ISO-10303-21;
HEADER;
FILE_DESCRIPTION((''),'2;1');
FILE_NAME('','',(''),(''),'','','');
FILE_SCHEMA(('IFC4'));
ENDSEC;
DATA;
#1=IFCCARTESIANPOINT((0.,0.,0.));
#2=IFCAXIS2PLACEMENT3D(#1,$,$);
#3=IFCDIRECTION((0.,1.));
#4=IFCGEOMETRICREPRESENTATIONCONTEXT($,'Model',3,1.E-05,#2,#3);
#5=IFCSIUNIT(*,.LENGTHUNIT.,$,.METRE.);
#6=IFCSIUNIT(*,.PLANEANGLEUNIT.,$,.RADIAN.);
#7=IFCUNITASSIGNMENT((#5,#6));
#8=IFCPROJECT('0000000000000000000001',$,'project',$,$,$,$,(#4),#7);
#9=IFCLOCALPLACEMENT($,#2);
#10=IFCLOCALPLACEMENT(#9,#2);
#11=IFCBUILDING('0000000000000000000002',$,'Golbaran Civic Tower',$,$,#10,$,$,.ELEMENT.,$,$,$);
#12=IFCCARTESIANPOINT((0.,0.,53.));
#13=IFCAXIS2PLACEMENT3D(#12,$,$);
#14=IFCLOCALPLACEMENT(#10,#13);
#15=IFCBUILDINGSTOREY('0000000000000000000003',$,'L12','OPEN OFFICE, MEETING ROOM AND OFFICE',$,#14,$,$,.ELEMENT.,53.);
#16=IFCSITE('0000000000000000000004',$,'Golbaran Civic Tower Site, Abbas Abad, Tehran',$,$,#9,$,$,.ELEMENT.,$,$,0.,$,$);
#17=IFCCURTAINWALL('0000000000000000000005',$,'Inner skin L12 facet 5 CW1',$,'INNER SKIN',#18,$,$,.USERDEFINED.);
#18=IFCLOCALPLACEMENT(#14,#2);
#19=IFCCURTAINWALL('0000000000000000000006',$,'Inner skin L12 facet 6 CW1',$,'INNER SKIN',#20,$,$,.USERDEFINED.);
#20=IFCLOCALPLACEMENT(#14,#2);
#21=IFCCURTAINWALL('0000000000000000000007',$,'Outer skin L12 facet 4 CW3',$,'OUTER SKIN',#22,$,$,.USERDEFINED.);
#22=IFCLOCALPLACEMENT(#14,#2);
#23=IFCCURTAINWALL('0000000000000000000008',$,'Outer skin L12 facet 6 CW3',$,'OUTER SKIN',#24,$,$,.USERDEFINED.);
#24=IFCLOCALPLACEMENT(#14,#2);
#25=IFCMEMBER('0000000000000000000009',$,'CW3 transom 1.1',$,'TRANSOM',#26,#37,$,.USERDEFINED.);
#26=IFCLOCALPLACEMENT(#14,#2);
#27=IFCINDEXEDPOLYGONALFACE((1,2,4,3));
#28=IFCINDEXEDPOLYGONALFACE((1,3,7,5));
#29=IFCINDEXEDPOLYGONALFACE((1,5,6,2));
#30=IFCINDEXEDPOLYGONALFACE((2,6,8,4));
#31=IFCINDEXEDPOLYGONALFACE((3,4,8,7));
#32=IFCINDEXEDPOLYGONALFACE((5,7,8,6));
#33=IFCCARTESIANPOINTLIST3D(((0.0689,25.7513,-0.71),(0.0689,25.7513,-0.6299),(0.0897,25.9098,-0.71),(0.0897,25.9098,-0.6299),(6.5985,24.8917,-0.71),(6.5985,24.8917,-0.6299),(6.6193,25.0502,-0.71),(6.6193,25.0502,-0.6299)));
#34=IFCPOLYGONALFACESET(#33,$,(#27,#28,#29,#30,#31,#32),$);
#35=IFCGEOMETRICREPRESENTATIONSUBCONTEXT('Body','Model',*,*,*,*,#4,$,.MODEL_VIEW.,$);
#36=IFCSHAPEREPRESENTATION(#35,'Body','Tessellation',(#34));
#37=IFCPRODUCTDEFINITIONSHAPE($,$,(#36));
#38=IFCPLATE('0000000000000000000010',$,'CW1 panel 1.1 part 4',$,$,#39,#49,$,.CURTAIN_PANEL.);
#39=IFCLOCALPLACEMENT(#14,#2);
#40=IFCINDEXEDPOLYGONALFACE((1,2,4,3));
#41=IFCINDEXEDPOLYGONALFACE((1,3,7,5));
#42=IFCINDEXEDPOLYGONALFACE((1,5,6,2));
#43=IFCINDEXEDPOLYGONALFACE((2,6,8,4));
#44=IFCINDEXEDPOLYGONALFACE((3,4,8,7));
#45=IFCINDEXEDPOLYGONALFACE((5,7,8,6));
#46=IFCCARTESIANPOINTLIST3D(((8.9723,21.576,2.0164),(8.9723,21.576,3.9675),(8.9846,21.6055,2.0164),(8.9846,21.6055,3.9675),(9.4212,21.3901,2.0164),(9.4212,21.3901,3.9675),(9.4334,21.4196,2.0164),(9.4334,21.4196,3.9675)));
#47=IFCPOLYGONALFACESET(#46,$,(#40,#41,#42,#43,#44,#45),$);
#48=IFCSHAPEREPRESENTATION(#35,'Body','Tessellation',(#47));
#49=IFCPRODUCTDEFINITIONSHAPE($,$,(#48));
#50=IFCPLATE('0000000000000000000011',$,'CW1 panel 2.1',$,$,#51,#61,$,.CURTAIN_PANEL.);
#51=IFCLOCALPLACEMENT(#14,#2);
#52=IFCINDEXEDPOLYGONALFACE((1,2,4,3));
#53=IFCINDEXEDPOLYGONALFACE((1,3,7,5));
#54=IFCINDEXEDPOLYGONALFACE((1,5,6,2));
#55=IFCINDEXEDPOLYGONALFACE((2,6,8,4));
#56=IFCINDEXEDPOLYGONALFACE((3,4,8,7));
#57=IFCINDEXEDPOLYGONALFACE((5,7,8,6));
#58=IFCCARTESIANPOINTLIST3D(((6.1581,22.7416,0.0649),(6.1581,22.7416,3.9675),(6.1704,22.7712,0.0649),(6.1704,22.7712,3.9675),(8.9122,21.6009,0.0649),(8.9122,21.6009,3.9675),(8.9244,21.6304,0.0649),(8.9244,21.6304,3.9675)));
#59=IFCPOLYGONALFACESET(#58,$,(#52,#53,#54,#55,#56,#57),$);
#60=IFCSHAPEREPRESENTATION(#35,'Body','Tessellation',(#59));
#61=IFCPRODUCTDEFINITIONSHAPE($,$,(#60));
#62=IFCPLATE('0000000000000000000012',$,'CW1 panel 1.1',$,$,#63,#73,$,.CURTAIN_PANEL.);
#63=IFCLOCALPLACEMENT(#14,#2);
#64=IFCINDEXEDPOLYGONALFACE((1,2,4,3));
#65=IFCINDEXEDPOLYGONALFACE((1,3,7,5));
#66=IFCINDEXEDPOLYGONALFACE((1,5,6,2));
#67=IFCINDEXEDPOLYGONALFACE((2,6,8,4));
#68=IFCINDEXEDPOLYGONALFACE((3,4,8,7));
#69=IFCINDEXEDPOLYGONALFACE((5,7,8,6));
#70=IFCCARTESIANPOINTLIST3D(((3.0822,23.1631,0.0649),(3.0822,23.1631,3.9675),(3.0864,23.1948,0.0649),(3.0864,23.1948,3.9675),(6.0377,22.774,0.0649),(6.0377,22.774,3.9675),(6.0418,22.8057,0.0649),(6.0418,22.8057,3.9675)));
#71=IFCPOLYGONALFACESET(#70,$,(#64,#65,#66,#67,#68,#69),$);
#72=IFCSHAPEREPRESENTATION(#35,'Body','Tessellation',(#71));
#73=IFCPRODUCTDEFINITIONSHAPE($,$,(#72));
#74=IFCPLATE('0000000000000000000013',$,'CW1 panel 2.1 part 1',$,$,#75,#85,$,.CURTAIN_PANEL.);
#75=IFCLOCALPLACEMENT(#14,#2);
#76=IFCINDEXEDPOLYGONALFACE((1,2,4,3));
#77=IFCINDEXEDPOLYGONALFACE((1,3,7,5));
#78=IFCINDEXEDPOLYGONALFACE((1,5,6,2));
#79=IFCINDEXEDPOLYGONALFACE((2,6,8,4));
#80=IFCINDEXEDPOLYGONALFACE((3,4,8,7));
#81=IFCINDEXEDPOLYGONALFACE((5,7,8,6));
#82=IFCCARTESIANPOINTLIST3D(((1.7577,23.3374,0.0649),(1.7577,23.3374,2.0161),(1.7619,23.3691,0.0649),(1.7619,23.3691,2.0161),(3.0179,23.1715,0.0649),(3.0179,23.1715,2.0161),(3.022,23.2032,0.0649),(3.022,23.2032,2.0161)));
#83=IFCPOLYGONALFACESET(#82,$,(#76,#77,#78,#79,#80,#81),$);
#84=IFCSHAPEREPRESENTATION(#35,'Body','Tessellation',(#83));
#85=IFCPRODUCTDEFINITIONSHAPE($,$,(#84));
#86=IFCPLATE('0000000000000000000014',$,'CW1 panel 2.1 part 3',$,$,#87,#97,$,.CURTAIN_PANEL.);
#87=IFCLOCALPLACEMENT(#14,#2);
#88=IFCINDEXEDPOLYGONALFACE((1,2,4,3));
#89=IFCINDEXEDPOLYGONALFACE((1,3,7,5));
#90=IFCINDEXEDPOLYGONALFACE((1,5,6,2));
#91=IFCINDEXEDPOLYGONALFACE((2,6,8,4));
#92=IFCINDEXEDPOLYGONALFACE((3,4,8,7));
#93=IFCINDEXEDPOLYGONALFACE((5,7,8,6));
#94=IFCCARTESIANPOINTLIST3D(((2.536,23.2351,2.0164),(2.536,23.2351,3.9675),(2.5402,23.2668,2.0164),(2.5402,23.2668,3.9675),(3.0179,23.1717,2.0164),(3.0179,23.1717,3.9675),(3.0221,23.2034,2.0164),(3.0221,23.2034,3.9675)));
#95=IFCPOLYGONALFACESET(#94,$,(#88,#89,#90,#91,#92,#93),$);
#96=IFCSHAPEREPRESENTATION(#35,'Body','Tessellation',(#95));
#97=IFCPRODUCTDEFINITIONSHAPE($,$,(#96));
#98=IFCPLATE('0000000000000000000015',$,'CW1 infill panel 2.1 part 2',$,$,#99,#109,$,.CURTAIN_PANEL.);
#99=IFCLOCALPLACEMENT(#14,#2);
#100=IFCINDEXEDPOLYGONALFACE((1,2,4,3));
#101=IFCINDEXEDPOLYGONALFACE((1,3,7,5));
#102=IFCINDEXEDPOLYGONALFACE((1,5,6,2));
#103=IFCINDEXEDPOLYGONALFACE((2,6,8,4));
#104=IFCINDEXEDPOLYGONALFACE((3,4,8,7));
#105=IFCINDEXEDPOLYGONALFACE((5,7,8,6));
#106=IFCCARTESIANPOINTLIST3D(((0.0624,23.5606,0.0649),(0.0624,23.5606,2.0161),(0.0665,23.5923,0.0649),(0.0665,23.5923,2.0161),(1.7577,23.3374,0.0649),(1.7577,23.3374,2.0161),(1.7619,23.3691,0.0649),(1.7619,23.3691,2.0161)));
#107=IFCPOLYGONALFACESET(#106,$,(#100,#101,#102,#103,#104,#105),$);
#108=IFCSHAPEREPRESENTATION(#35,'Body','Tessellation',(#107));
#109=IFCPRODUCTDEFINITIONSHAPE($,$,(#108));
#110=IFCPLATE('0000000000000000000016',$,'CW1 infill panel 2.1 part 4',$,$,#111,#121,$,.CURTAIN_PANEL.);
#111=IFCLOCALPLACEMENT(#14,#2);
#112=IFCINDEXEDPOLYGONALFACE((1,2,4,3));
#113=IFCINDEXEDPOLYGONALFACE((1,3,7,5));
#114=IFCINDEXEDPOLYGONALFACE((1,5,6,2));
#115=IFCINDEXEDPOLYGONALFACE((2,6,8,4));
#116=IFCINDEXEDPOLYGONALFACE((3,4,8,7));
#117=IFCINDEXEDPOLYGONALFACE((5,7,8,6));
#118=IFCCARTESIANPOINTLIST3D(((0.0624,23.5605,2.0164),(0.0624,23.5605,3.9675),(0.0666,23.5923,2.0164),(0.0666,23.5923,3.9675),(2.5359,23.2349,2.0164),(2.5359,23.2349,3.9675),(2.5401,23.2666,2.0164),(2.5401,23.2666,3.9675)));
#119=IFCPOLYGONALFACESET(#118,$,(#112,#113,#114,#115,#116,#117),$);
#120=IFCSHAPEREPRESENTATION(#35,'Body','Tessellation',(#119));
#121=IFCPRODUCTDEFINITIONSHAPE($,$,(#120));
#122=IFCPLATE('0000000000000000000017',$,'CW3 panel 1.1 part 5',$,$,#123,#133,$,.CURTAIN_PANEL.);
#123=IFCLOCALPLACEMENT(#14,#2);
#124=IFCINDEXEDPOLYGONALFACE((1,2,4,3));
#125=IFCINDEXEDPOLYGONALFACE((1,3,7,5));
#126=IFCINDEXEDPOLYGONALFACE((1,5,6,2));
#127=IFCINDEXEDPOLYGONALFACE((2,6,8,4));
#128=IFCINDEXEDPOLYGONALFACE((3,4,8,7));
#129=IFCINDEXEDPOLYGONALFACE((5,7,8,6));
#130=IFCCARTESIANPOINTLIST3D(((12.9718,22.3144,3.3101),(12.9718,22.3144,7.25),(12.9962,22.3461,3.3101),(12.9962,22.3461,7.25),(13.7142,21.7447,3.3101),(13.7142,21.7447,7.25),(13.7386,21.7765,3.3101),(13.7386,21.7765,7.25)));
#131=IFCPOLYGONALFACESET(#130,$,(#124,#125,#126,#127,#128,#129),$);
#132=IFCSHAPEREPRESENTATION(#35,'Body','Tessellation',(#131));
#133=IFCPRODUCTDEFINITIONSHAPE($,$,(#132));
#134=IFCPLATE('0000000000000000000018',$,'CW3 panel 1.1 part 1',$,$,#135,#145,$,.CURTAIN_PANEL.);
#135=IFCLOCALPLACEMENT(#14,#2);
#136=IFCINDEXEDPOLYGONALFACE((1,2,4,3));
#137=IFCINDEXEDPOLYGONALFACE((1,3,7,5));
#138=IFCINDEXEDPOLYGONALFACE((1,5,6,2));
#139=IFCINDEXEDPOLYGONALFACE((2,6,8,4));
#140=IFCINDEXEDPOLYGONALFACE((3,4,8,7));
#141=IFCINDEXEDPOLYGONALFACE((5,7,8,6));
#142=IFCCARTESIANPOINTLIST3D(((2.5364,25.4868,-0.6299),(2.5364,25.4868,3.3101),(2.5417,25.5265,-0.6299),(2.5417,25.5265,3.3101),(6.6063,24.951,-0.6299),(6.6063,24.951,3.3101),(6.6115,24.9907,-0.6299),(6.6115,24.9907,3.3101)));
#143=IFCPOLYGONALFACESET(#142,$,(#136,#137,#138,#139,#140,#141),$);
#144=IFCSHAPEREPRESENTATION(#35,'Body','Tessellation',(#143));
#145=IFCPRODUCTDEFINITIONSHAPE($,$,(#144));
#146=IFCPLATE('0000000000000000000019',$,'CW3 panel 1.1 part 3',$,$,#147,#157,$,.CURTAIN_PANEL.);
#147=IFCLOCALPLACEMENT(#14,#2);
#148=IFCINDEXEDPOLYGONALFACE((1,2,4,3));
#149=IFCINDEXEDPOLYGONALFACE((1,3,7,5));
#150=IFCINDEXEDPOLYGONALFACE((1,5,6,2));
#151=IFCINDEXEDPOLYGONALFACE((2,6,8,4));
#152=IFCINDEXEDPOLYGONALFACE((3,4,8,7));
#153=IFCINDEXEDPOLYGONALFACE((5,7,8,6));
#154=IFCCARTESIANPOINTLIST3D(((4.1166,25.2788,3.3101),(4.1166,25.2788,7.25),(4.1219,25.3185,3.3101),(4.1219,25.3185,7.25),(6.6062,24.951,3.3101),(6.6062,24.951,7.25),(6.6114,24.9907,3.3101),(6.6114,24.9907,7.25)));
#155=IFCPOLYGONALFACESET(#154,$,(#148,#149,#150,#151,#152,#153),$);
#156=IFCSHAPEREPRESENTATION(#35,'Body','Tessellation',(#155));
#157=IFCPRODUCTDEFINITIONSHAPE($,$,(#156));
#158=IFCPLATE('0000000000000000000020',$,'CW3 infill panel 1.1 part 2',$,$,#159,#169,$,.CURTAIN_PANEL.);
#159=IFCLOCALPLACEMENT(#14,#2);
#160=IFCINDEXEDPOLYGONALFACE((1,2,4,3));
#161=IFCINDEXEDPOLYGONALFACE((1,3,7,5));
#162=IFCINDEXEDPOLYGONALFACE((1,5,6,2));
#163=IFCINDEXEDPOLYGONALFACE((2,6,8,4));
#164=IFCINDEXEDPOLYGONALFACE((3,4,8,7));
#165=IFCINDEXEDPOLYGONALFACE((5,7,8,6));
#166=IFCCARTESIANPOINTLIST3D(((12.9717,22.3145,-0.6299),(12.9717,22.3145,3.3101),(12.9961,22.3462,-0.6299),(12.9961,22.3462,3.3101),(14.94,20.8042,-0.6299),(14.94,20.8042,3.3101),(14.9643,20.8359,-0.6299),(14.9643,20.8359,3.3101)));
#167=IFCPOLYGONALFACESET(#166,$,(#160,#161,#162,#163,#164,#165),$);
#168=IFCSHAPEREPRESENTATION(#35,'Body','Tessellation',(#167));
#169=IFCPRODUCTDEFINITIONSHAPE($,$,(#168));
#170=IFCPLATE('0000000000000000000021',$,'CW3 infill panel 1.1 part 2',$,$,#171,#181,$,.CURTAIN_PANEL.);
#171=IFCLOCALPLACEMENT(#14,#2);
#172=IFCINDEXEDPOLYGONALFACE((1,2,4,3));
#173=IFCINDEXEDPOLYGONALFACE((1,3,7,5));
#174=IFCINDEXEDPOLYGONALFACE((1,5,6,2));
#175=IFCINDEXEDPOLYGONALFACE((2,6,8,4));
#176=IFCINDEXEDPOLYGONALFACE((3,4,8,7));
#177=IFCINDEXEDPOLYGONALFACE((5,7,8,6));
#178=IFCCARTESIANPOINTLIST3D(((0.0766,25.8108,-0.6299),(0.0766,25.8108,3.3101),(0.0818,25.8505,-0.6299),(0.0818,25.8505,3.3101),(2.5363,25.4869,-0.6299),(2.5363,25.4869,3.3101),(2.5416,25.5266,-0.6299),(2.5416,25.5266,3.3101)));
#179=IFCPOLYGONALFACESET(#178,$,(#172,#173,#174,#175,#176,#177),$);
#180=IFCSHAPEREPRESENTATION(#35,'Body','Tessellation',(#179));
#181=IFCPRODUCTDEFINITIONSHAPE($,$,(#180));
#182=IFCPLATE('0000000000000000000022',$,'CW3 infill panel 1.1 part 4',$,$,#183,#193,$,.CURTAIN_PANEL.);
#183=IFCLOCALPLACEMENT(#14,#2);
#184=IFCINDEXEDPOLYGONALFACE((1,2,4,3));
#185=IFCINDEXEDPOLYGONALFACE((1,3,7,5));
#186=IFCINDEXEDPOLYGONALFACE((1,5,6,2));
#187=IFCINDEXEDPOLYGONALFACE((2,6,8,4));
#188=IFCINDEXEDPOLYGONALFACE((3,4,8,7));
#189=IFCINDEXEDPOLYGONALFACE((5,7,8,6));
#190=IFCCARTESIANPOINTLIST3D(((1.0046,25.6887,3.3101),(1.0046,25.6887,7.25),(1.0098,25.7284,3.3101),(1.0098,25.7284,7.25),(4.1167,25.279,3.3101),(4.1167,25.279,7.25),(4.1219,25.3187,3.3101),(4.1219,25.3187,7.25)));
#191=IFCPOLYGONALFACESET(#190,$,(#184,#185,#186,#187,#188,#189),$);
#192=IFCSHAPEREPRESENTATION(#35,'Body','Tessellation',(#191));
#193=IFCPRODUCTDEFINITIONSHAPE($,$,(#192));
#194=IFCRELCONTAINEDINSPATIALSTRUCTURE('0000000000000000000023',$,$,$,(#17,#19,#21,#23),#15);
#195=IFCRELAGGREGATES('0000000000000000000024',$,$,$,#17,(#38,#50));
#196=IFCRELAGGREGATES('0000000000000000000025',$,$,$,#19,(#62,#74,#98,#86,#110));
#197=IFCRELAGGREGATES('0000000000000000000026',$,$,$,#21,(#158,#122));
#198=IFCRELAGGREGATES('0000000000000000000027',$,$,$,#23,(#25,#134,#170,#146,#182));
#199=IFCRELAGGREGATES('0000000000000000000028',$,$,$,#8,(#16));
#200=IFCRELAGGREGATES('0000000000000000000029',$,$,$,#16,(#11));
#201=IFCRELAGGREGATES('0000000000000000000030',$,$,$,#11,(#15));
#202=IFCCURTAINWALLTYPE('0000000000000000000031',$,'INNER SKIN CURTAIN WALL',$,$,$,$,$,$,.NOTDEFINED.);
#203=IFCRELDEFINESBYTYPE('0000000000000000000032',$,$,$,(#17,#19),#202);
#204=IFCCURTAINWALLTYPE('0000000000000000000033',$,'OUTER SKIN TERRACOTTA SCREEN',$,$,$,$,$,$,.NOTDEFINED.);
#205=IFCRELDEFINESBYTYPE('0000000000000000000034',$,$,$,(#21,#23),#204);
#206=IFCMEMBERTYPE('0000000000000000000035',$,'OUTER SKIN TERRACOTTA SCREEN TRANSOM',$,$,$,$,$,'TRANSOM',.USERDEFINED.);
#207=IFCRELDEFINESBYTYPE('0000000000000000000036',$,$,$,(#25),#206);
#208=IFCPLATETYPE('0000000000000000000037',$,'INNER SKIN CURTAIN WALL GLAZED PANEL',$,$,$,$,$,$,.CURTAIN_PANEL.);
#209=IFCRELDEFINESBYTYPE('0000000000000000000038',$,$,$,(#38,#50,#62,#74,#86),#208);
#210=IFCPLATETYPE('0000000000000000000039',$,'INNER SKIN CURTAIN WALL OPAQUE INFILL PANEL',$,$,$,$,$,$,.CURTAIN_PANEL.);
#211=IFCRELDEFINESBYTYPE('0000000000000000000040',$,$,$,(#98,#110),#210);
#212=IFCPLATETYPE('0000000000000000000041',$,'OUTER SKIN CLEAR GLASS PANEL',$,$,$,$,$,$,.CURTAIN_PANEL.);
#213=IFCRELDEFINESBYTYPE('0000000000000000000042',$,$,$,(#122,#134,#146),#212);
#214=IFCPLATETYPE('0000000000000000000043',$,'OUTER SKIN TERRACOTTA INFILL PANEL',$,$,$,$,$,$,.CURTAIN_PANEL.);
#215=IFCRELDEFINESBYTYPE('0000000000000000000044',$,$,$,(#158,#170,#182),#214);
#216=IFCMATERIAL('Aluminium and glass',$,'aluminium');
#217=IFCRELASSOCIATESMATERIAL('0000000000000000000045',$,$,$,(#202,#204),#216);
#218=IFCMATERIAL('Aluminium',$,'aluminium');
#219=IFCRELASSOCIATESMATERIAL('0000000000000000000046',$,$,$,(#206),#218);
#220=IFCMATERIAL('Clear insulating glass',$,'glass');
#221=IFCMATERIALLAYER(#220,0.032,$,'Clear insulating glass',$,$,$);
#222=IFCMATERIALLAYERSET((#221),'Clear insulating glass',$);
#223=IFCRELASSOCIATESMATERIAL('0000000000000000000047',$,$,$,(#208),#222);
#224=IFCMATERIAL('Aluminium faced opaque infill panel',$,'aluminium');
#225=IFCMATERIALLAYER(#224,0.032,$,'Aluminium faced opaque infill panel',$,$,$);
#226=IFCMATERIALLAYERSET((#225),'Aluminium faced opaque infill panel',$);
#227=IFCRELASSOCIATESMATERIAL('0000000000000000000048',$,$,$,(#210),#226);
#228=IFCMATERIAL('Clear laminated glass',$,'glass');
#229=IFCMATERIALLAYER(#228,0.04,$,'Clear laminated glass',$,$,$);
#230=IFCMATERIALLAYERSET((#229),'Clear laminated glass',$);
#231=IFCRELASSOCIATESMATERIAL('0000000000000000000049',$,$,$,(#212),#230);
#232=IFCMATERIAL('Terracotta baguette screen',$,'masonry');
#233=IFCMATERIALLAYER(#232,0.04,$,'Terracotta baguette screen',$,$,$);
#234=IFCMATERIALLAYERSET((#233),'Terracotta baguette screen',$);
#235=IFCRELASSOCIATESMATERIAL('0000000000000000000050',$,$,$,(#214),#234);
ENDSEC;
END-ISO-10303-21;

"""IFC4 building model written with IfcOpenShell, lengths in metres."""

from ifc_helpers import new_model, si_unit, direction, frame, origin, origin_2d, place, context, subcontext, project, spatial, rectangle, extrude, material, layer, layer_set, material_profile, profile_set, type_object, element, aggregate, save


model = new_model("IFC4")

# Units and contexts
model_context = context("Model", 3, precision=1e-05, world=origin(), true_north=direction((0.0, 1.0)))
body_context = subcontext(model_context, "Body", "Model", "MODEL_VIEW")
ifc_project = project(units=[si_unit("LENGTHUNIT", "METRE"), si_unit("PLANEANGLEUNIT", "RADIAN")], contexts=[model_context])

# Site, building, storey
site_placement = place(None, origin())
site = spatial("IfcSite", under=ifc_project, at=site_placement, Name="Golbaran Civic Tower Site, Abbas Abad, Tehran", CompositionType="ELEMENT", RefElevation=0.0)
building_placement = place(site_placement, origin())
building = spatial("IfcBuilding", under=site, at=building_placement, Name="Golbaran Civic Tower", CompositionType="ELEMENT")
storey_placement = place(building_placement, frame((0.0, 0.0, 53.0)))
storey = spatial("IfcBuildingStorey", under=building, at=storey_placement, Name="L12", Description="OPEN OFFICE, MEETING ROOM AND OFFICE", CompositionType="ELEMENT", Elevation=53.0)

# Curtain walls
ifc_material_1 = material(Name="Aluminium and glass", Category="aluminium")
curtain_wall_type_1 = type_object("IfcCurtainWallType", Name="INNER SKIN CURTAIN WALL", PredefinedType="NOTDEFINED", material=ifc_material_1)
curtain_wall_1_placement = place(storey_placement, origin())
curtain_wall_1 = element("IfcCurtainWall", 1, at=curtain_wall_1_placement, inside=storey, type_object=curtain_wall_type_1, Name="Inner skin L12 facet 5 CW1", ObjectType="INNER SKIN", PredefinedType="USERDEFINED")
ifc_material_2 = material(Name="Aluminium", Category="aluminium")
curtain_wall_2_placement = place(storey_placement, origin())
curtain_wall_2 = element("IfcCurtainWall", 2, at=curtain_wall_2_placement, inside=storey, type_object=curtain_wall_type_1, Name="Inner skin L12 facet 6 CW1", ObjectType="INNER SKIN", PredefinedType="USERDEFINED")

# Curtain wall
curtain_wall_type_2 = type_object("IfcCurtainWallType", Name="OUTER SKIN TERRACOTTA SCREEN", PredefinedType="NOTDEFINED", material=ifc_material_1)
curtain_wall_3_placement = place(storey_placement, origin())
curtain_wall_3 = element("IfcCurtainWall", 3, at=curtain_wall_3_placement, inside=storey, type_object=curtain_wall_type_2, Name="Outer skin L12 facet 4 CW3", ObjectType="OUTER SKIN", PredefinedType="USERDEFINED")

# Curtain wall
curtain_wall_4_placement = place(storey_placement, origin())
curtain_wall_4 = element("IfcCurtainWall", 4, at=curtain_wall_4_placement, inside=storey, type_object=curtain_wall_type_2, Name="Outer skin L12 facet 6 CW3", ObjectType="OUTER SKIN", PredefinedType="USERDEFINED")

# Member
ifc_material_profile_1 = material_profile(ifc_material_2, rectangle(XDim=0.1599, YDim=0.0801, at=origin_2d()), Name="OUTER SKIN TERRACOTTA SCREEN TRANSOM")
ifc_profile_set_1 = profile_set([ifc_material_profile_1], Name="Aluminium")
member_type_1 = type_object("IfcMemberType", Name="OUTER SKIN TERRACOTTA SCREEN TRANSOM", ElementType="TRANSOM", PredefinedType="USERDEFINED", material=ifc_profile_set_1)
member_1_placement = place(storey_placement, frame((6.6089, 24.9709, -0.6699), z_axis=(-0.991445, 0.130525, 0.0), x_axis=(-0.130525, -0.991445, 0.0)))
member_1 = element("IfcMember", 5, at=member_1_placement, type_object=member_type_1, Name="CW3 transom 1.1", ObjectType="TRANSOM", PredefinedType="USERDEFINED", context=body_context, shape_type="SweptSolid", body=[
    extrude(rectangle(XDim=0.1599, YDim=0.0801, at=origin_2d()), origin(), (0.0, 0.0, 1.0), 6.5859),
])

# Plates
ifc_material_3 = material(Name="Clear insulating glass", Category="glass")
ifc_layer_1 = layer(ifc_material_3, 0.032, Name="Clear insulating glass")
ifc_layer_set_1 = layer_set([ifc_layer_1], Name="Clear insulating glass")
plate_type_1 = type_object("IfcPlateType", Name="INNER SKIN CURTAIN WALL GLAZED PANEL", PredefinedType="CURTAIN_PANEL", material=ifc_layer_set_1)
plate_1_placement = place(storey_placement, frame((9.2029, 21.4978, 2.0164), z_axis=(0.0, 0.0, 1.0), x_axis=(-0.92388, 0.382683, 0.0)))
plate_1 = element("IfcPlate", 6, at=plate_1_placement, type_object=plate_type_1, Name="CW1 panel 1.1 part 4", PredefinedType="CURTAIN_PANEL", context=body_context, shape_type="SweptSolid", body=[
    extrude(rectangle(XDim=0.4858, YDim=0.032, at=origin_2d()), origin(), (0.0, 0.0, 1.0), 1.9512),
])
plate_2_placement = place(storey_placement, frame((7.5413, 22.186, 0.0649), z_axis=(0.0, 0.0, 1.0), x_axis=(-0.92388, 0.382683, 0.0)))
plate_2 = element("IfcPlate", 7, at=plate_2_placement, type_object=plate_type_1, Name="CW1 panel 2.1", PredefinedType="CURTAIN_PANEL", context=body_context, shape_type="SweptSolid", body=[
    extrude(rectangle(XDim=2.981, YDim=0.032, at=origin_2d()), origin(), (0.0, 0.0, 1.0), 3.9026),
])
aggregate(curtain_wall_1, [plate_1, plate_2])
plate_3_placement = place(storey_placement, frame((4.562, 22.9844, 0.0649), z_axis=(0.0, 0.0, 1.0), x_axis=(-0.991445, 0.130526, 0.0)))
plate_3 = element("IfcPlate", 8, at=plate_3_placement, type_object=plate_type_1, Name="CW1 panel 1.1", PredefinedType="CURTAIN_PANEL", context=body_context, shape_type="SweptSolid", body=[
    extrude(rectangle(XDim=2.981, YDim=0.032, at=origin_2d()), origin(), (0.0, 0.0, 1.0), 3.9026),
])
plate_4_placement = place(storey_placement, frame((2.3899, 23.2703, 0.0649), z_axis=(0.0, 0.0, 1.0), x_axis=(-0.991445, 0.130526, 0.0)))
plate_4 = element("IfcPlate", 9, at=plate_4_placement, type_object=plate_type_1, Name="CW1 panel 2.1 part 1", PredefinedType="CURTAIN_PANEL", context=body_context, shape_type="SweptSolid", body=[
    extrude(rectangle(XDim=1.271, YDim=0.032, at=origin_2d()), origin(), (0.0, 0.0, 1.0), 1.9512),
])
plate_5_placement = place(storey_placement, frame((2.7791, 23.2192, 2.0164), z_axis=(0.0, 0.0, 1.0), x_axis=(-0.991445, 0.130526, 0.0)))
plate_5 = element("IfcPlate", 10, at=plate_5_placement, type_object=plate_type_1, Name="CW1 panel 2.1 part 3", PredefinedType="CURTAIN_PANEL", context=body_context, shape_type="SweptSolid", body=[
    extrude(rectangle(XDim=0.4861, YDim=0.032, at=origin_2d()), origin(), (0.0, 0.0, 1.0), 1.9512),
])
ifc_material_4 = material(Name="Aluminium faced opaque infill panel", Category="aluminium")
ifc_layer_2 = layer(ifc_material_4, 0.032, Name="Aluminium faced opaque infill panel")
ifc_layer_set_2 = layer_set([ifc_layer_2], Name="Aluminium faced opaque infill panel")
plate_type_2 = type_object("IfcPlateType", Name="INNER SKIN CURTAIN WALL OPAQUE INFILL PANEL", PredefinedType="CURTAIN_PANEL", material=ifc_layer_set_2)
plate_6_placement = place(storey_placement, frame((0.9121, 23.4648, 0.0649), z_axis=(0.0, 0.0, 1.0), x_axis=(-0.991445, 0.130526, 0.0)))
plate_6 = element("IfcPlate", 11, at=plate_6_placement, type_object=plate_type_2, Name="CW1 infill panel 2.1 part 2", PredefinedType="CURTAIN_PANEL", context=body_context, shape_type="SweptSolid", body=[
    extrude(rectangle(XDim=1.71, YDim=0.032, at=origin_2d()), origin(), (0.0, 0.0, 1.0), 1.9512),
])
plate_7_placement = place(storey_placement, frame((1.3013, 23.4136, 2.0164), z_axis=(0.0, 0.0, 1.0), x_axis=(-0.991445, 0.130526, 0.0)))
plate_7 = element("IfcPlate", 12, at=plate_7_placement, type_object=plate_type_2, Name="CW1 infill panel 2.1 part 4", PredefinedType="CURTAIN_PANEL", context=body_context, shape_type="SweptSolid", body=[
    extrude(rectangle(XDim=2.4949, YDim=0.032, at=origin_2d()), origin(), (0.0, 0.0, 1.0), 1.9512),
])
aggregate(curtain_wall_2, [plate_3, plate_4, plate_6, plate_5, plate_7])
ifc_material_5 = material(Name="Clear laminated glass", Category="glass")
ifc_layer_3 = layer(ifc_material_5, 0.04, Name="Clear laminated glass")
ifc_layer_set_3 = layer_set([ifc_layer_3], Name="Clear laminated glass")
plate_type_3 = type_object("IfcPlateType", Name="OUTER SKIN CLEAR GLASS PANEL", PredefinedType="CURTAIN_PANEL", material=ifc_layer_set_3)
plate_8_placement = place(storey_placement, frame((13.3552, 22.0454, 3.3101), z_axis=(0.0, 0.0, 1.0), x_axis=(-0.793353, 0.608761, 0.0)))
plate_8 = element("IfcPlate", 13, at=plate_8_placement, type_object=plate_type_3, Name="CW3 panel 1.1 part 5", PredefinedType="CURTAIN_PANEL", context=body_context, shape_type="SweptSolid", body=[
    extrude(rectangle(XDim=0.9358, YDim=0.04, at=origin_2d()), origin(), (0.0, 0.0, 1.0), 3.9399),
])
plate_9_placement = place(storey_placement, frame((4.574, 25.2388, -0.6299), z_axis=(0.0, 0.0, 1.0), x_axis=(-0.991445, 0.130526, 0.0)))
plate_9 = element("IfcPlate", 14, at=plate_9_placement, type_object=plate_type_3, Name="CW3 panel 1.1 part 1", PredefinedType="CURTAIN_PANEL", context=body_context, shape_type="SweptSolid", body=[
    extrude(rectangle(XDim=4.105, YDim=0.04, at=origin_2d()), origin(), (0.0, 0.0, 1.0), 3.9399),
])
plate_10_placement = place(storey_placement, frame((5.364, 25.1348, 3.3101), z_axis=(0.0, 0.0, 1.0), x_axis=(-0.991445, 0.130526, 0.0)))
plate_10 = element("IfcPlate", 15, at=plate_10_placement, type_object=plate_type_3, Name="CW3 panel 1.1 part 3", PredefinedType="CURTAIN_PANEL", context=body_context, shape_type="SweptSolid", body=[
    extrude(rectangle(XDim=2.511, YDim=0.04, at=origin_2d()), origin(), (0.0, 0.0, 1.0), 3.9399),
])
ifc_material_6 = material(Name="Terracotta baguette screen", Category="masonry")
ifc_layer_4 = layer(ifc_material_6, 0.04, Name="Terracotta baguette screen")
ifc_layer_set_4 = layer_set([ifc_layer_4], Name="Terracotta baguette screen")
plate_type_4 = type_object("IfcPlateType", Name="OUTER SKIN TERRACOTTA INFILL PANEL", PredefinedType="CURTAIN_PANEL", material=ifc_layer_set_4)
plate_11_placement = place(storey_placement, frame((13.968, 21.5752, -0.6299), z_axis=(0.0, 0.0, 1.0), x_axis=(-0.793353, 0.608761, 0.0)))
plate_11 = element("IfcPlate", 16, at=plate_11_placement, type_object=plate_type_4, Name="CW3 infill panel 1.1 part 2", PredefinedType="CURTAIN_PANEL", context=body_context, shape_type="SweptSolid", body=[
    extrude(rectangle(XDim=2.481, YDim=0.04, at=origin_2d()), origin(), (0.0, 0.0, 1.0), 3.9399),
])
aggregate(curtain_wall_3, [plate_11, plate_8])
plate_12_placement = place(storey_placement, frame((1.3091, 25.6687, -0.6299), z_axis=(0.0, 0.0, 1.0), x_axis=(-0.991445, 0.130526, 0.0)))
plate_12 = element("IfcPlate", 17, at=plate_12_placement, type_object=plate_type_4, Name="CW3 infill panel 1.1 part 2", PredefinedType="CURTAIN_PANEL", context=body_context, shape_type="SweptSolid", body=[
    extrude(rectangle(XDim=2.481, YDim=0.04, at=origin_2d()), origin(), (0.0, 0.0, 1.0), 3.9399),
])
plate_13_placement = place(storey_placement, frame((2.5632, 25.5037, 3.3101), z_axis=(0.0, 0.0, 1.0), x_axis=(-0.991445, 0.130526, 0.0)))
plate_13 = element("IfcPlate", 18, at=plate_13_placement, type_object=plate_type_4, Name="CW3 infill panel 1.1 part 4", PredefinedType="CURTAIN_PANEL", context=body_context, shape_type="SweptSolid", body=[
    extrude(rectangle(XDim=3.1389, YDim=0.04, at=origin_2d()), origin(), (0.0, 0.0, 1.0), 3.9399),
])
aggregate(curtain_wall_4, [member_1, plate_9, plate_12, plate_10, plate_13])

save(model, "model.ifc")
